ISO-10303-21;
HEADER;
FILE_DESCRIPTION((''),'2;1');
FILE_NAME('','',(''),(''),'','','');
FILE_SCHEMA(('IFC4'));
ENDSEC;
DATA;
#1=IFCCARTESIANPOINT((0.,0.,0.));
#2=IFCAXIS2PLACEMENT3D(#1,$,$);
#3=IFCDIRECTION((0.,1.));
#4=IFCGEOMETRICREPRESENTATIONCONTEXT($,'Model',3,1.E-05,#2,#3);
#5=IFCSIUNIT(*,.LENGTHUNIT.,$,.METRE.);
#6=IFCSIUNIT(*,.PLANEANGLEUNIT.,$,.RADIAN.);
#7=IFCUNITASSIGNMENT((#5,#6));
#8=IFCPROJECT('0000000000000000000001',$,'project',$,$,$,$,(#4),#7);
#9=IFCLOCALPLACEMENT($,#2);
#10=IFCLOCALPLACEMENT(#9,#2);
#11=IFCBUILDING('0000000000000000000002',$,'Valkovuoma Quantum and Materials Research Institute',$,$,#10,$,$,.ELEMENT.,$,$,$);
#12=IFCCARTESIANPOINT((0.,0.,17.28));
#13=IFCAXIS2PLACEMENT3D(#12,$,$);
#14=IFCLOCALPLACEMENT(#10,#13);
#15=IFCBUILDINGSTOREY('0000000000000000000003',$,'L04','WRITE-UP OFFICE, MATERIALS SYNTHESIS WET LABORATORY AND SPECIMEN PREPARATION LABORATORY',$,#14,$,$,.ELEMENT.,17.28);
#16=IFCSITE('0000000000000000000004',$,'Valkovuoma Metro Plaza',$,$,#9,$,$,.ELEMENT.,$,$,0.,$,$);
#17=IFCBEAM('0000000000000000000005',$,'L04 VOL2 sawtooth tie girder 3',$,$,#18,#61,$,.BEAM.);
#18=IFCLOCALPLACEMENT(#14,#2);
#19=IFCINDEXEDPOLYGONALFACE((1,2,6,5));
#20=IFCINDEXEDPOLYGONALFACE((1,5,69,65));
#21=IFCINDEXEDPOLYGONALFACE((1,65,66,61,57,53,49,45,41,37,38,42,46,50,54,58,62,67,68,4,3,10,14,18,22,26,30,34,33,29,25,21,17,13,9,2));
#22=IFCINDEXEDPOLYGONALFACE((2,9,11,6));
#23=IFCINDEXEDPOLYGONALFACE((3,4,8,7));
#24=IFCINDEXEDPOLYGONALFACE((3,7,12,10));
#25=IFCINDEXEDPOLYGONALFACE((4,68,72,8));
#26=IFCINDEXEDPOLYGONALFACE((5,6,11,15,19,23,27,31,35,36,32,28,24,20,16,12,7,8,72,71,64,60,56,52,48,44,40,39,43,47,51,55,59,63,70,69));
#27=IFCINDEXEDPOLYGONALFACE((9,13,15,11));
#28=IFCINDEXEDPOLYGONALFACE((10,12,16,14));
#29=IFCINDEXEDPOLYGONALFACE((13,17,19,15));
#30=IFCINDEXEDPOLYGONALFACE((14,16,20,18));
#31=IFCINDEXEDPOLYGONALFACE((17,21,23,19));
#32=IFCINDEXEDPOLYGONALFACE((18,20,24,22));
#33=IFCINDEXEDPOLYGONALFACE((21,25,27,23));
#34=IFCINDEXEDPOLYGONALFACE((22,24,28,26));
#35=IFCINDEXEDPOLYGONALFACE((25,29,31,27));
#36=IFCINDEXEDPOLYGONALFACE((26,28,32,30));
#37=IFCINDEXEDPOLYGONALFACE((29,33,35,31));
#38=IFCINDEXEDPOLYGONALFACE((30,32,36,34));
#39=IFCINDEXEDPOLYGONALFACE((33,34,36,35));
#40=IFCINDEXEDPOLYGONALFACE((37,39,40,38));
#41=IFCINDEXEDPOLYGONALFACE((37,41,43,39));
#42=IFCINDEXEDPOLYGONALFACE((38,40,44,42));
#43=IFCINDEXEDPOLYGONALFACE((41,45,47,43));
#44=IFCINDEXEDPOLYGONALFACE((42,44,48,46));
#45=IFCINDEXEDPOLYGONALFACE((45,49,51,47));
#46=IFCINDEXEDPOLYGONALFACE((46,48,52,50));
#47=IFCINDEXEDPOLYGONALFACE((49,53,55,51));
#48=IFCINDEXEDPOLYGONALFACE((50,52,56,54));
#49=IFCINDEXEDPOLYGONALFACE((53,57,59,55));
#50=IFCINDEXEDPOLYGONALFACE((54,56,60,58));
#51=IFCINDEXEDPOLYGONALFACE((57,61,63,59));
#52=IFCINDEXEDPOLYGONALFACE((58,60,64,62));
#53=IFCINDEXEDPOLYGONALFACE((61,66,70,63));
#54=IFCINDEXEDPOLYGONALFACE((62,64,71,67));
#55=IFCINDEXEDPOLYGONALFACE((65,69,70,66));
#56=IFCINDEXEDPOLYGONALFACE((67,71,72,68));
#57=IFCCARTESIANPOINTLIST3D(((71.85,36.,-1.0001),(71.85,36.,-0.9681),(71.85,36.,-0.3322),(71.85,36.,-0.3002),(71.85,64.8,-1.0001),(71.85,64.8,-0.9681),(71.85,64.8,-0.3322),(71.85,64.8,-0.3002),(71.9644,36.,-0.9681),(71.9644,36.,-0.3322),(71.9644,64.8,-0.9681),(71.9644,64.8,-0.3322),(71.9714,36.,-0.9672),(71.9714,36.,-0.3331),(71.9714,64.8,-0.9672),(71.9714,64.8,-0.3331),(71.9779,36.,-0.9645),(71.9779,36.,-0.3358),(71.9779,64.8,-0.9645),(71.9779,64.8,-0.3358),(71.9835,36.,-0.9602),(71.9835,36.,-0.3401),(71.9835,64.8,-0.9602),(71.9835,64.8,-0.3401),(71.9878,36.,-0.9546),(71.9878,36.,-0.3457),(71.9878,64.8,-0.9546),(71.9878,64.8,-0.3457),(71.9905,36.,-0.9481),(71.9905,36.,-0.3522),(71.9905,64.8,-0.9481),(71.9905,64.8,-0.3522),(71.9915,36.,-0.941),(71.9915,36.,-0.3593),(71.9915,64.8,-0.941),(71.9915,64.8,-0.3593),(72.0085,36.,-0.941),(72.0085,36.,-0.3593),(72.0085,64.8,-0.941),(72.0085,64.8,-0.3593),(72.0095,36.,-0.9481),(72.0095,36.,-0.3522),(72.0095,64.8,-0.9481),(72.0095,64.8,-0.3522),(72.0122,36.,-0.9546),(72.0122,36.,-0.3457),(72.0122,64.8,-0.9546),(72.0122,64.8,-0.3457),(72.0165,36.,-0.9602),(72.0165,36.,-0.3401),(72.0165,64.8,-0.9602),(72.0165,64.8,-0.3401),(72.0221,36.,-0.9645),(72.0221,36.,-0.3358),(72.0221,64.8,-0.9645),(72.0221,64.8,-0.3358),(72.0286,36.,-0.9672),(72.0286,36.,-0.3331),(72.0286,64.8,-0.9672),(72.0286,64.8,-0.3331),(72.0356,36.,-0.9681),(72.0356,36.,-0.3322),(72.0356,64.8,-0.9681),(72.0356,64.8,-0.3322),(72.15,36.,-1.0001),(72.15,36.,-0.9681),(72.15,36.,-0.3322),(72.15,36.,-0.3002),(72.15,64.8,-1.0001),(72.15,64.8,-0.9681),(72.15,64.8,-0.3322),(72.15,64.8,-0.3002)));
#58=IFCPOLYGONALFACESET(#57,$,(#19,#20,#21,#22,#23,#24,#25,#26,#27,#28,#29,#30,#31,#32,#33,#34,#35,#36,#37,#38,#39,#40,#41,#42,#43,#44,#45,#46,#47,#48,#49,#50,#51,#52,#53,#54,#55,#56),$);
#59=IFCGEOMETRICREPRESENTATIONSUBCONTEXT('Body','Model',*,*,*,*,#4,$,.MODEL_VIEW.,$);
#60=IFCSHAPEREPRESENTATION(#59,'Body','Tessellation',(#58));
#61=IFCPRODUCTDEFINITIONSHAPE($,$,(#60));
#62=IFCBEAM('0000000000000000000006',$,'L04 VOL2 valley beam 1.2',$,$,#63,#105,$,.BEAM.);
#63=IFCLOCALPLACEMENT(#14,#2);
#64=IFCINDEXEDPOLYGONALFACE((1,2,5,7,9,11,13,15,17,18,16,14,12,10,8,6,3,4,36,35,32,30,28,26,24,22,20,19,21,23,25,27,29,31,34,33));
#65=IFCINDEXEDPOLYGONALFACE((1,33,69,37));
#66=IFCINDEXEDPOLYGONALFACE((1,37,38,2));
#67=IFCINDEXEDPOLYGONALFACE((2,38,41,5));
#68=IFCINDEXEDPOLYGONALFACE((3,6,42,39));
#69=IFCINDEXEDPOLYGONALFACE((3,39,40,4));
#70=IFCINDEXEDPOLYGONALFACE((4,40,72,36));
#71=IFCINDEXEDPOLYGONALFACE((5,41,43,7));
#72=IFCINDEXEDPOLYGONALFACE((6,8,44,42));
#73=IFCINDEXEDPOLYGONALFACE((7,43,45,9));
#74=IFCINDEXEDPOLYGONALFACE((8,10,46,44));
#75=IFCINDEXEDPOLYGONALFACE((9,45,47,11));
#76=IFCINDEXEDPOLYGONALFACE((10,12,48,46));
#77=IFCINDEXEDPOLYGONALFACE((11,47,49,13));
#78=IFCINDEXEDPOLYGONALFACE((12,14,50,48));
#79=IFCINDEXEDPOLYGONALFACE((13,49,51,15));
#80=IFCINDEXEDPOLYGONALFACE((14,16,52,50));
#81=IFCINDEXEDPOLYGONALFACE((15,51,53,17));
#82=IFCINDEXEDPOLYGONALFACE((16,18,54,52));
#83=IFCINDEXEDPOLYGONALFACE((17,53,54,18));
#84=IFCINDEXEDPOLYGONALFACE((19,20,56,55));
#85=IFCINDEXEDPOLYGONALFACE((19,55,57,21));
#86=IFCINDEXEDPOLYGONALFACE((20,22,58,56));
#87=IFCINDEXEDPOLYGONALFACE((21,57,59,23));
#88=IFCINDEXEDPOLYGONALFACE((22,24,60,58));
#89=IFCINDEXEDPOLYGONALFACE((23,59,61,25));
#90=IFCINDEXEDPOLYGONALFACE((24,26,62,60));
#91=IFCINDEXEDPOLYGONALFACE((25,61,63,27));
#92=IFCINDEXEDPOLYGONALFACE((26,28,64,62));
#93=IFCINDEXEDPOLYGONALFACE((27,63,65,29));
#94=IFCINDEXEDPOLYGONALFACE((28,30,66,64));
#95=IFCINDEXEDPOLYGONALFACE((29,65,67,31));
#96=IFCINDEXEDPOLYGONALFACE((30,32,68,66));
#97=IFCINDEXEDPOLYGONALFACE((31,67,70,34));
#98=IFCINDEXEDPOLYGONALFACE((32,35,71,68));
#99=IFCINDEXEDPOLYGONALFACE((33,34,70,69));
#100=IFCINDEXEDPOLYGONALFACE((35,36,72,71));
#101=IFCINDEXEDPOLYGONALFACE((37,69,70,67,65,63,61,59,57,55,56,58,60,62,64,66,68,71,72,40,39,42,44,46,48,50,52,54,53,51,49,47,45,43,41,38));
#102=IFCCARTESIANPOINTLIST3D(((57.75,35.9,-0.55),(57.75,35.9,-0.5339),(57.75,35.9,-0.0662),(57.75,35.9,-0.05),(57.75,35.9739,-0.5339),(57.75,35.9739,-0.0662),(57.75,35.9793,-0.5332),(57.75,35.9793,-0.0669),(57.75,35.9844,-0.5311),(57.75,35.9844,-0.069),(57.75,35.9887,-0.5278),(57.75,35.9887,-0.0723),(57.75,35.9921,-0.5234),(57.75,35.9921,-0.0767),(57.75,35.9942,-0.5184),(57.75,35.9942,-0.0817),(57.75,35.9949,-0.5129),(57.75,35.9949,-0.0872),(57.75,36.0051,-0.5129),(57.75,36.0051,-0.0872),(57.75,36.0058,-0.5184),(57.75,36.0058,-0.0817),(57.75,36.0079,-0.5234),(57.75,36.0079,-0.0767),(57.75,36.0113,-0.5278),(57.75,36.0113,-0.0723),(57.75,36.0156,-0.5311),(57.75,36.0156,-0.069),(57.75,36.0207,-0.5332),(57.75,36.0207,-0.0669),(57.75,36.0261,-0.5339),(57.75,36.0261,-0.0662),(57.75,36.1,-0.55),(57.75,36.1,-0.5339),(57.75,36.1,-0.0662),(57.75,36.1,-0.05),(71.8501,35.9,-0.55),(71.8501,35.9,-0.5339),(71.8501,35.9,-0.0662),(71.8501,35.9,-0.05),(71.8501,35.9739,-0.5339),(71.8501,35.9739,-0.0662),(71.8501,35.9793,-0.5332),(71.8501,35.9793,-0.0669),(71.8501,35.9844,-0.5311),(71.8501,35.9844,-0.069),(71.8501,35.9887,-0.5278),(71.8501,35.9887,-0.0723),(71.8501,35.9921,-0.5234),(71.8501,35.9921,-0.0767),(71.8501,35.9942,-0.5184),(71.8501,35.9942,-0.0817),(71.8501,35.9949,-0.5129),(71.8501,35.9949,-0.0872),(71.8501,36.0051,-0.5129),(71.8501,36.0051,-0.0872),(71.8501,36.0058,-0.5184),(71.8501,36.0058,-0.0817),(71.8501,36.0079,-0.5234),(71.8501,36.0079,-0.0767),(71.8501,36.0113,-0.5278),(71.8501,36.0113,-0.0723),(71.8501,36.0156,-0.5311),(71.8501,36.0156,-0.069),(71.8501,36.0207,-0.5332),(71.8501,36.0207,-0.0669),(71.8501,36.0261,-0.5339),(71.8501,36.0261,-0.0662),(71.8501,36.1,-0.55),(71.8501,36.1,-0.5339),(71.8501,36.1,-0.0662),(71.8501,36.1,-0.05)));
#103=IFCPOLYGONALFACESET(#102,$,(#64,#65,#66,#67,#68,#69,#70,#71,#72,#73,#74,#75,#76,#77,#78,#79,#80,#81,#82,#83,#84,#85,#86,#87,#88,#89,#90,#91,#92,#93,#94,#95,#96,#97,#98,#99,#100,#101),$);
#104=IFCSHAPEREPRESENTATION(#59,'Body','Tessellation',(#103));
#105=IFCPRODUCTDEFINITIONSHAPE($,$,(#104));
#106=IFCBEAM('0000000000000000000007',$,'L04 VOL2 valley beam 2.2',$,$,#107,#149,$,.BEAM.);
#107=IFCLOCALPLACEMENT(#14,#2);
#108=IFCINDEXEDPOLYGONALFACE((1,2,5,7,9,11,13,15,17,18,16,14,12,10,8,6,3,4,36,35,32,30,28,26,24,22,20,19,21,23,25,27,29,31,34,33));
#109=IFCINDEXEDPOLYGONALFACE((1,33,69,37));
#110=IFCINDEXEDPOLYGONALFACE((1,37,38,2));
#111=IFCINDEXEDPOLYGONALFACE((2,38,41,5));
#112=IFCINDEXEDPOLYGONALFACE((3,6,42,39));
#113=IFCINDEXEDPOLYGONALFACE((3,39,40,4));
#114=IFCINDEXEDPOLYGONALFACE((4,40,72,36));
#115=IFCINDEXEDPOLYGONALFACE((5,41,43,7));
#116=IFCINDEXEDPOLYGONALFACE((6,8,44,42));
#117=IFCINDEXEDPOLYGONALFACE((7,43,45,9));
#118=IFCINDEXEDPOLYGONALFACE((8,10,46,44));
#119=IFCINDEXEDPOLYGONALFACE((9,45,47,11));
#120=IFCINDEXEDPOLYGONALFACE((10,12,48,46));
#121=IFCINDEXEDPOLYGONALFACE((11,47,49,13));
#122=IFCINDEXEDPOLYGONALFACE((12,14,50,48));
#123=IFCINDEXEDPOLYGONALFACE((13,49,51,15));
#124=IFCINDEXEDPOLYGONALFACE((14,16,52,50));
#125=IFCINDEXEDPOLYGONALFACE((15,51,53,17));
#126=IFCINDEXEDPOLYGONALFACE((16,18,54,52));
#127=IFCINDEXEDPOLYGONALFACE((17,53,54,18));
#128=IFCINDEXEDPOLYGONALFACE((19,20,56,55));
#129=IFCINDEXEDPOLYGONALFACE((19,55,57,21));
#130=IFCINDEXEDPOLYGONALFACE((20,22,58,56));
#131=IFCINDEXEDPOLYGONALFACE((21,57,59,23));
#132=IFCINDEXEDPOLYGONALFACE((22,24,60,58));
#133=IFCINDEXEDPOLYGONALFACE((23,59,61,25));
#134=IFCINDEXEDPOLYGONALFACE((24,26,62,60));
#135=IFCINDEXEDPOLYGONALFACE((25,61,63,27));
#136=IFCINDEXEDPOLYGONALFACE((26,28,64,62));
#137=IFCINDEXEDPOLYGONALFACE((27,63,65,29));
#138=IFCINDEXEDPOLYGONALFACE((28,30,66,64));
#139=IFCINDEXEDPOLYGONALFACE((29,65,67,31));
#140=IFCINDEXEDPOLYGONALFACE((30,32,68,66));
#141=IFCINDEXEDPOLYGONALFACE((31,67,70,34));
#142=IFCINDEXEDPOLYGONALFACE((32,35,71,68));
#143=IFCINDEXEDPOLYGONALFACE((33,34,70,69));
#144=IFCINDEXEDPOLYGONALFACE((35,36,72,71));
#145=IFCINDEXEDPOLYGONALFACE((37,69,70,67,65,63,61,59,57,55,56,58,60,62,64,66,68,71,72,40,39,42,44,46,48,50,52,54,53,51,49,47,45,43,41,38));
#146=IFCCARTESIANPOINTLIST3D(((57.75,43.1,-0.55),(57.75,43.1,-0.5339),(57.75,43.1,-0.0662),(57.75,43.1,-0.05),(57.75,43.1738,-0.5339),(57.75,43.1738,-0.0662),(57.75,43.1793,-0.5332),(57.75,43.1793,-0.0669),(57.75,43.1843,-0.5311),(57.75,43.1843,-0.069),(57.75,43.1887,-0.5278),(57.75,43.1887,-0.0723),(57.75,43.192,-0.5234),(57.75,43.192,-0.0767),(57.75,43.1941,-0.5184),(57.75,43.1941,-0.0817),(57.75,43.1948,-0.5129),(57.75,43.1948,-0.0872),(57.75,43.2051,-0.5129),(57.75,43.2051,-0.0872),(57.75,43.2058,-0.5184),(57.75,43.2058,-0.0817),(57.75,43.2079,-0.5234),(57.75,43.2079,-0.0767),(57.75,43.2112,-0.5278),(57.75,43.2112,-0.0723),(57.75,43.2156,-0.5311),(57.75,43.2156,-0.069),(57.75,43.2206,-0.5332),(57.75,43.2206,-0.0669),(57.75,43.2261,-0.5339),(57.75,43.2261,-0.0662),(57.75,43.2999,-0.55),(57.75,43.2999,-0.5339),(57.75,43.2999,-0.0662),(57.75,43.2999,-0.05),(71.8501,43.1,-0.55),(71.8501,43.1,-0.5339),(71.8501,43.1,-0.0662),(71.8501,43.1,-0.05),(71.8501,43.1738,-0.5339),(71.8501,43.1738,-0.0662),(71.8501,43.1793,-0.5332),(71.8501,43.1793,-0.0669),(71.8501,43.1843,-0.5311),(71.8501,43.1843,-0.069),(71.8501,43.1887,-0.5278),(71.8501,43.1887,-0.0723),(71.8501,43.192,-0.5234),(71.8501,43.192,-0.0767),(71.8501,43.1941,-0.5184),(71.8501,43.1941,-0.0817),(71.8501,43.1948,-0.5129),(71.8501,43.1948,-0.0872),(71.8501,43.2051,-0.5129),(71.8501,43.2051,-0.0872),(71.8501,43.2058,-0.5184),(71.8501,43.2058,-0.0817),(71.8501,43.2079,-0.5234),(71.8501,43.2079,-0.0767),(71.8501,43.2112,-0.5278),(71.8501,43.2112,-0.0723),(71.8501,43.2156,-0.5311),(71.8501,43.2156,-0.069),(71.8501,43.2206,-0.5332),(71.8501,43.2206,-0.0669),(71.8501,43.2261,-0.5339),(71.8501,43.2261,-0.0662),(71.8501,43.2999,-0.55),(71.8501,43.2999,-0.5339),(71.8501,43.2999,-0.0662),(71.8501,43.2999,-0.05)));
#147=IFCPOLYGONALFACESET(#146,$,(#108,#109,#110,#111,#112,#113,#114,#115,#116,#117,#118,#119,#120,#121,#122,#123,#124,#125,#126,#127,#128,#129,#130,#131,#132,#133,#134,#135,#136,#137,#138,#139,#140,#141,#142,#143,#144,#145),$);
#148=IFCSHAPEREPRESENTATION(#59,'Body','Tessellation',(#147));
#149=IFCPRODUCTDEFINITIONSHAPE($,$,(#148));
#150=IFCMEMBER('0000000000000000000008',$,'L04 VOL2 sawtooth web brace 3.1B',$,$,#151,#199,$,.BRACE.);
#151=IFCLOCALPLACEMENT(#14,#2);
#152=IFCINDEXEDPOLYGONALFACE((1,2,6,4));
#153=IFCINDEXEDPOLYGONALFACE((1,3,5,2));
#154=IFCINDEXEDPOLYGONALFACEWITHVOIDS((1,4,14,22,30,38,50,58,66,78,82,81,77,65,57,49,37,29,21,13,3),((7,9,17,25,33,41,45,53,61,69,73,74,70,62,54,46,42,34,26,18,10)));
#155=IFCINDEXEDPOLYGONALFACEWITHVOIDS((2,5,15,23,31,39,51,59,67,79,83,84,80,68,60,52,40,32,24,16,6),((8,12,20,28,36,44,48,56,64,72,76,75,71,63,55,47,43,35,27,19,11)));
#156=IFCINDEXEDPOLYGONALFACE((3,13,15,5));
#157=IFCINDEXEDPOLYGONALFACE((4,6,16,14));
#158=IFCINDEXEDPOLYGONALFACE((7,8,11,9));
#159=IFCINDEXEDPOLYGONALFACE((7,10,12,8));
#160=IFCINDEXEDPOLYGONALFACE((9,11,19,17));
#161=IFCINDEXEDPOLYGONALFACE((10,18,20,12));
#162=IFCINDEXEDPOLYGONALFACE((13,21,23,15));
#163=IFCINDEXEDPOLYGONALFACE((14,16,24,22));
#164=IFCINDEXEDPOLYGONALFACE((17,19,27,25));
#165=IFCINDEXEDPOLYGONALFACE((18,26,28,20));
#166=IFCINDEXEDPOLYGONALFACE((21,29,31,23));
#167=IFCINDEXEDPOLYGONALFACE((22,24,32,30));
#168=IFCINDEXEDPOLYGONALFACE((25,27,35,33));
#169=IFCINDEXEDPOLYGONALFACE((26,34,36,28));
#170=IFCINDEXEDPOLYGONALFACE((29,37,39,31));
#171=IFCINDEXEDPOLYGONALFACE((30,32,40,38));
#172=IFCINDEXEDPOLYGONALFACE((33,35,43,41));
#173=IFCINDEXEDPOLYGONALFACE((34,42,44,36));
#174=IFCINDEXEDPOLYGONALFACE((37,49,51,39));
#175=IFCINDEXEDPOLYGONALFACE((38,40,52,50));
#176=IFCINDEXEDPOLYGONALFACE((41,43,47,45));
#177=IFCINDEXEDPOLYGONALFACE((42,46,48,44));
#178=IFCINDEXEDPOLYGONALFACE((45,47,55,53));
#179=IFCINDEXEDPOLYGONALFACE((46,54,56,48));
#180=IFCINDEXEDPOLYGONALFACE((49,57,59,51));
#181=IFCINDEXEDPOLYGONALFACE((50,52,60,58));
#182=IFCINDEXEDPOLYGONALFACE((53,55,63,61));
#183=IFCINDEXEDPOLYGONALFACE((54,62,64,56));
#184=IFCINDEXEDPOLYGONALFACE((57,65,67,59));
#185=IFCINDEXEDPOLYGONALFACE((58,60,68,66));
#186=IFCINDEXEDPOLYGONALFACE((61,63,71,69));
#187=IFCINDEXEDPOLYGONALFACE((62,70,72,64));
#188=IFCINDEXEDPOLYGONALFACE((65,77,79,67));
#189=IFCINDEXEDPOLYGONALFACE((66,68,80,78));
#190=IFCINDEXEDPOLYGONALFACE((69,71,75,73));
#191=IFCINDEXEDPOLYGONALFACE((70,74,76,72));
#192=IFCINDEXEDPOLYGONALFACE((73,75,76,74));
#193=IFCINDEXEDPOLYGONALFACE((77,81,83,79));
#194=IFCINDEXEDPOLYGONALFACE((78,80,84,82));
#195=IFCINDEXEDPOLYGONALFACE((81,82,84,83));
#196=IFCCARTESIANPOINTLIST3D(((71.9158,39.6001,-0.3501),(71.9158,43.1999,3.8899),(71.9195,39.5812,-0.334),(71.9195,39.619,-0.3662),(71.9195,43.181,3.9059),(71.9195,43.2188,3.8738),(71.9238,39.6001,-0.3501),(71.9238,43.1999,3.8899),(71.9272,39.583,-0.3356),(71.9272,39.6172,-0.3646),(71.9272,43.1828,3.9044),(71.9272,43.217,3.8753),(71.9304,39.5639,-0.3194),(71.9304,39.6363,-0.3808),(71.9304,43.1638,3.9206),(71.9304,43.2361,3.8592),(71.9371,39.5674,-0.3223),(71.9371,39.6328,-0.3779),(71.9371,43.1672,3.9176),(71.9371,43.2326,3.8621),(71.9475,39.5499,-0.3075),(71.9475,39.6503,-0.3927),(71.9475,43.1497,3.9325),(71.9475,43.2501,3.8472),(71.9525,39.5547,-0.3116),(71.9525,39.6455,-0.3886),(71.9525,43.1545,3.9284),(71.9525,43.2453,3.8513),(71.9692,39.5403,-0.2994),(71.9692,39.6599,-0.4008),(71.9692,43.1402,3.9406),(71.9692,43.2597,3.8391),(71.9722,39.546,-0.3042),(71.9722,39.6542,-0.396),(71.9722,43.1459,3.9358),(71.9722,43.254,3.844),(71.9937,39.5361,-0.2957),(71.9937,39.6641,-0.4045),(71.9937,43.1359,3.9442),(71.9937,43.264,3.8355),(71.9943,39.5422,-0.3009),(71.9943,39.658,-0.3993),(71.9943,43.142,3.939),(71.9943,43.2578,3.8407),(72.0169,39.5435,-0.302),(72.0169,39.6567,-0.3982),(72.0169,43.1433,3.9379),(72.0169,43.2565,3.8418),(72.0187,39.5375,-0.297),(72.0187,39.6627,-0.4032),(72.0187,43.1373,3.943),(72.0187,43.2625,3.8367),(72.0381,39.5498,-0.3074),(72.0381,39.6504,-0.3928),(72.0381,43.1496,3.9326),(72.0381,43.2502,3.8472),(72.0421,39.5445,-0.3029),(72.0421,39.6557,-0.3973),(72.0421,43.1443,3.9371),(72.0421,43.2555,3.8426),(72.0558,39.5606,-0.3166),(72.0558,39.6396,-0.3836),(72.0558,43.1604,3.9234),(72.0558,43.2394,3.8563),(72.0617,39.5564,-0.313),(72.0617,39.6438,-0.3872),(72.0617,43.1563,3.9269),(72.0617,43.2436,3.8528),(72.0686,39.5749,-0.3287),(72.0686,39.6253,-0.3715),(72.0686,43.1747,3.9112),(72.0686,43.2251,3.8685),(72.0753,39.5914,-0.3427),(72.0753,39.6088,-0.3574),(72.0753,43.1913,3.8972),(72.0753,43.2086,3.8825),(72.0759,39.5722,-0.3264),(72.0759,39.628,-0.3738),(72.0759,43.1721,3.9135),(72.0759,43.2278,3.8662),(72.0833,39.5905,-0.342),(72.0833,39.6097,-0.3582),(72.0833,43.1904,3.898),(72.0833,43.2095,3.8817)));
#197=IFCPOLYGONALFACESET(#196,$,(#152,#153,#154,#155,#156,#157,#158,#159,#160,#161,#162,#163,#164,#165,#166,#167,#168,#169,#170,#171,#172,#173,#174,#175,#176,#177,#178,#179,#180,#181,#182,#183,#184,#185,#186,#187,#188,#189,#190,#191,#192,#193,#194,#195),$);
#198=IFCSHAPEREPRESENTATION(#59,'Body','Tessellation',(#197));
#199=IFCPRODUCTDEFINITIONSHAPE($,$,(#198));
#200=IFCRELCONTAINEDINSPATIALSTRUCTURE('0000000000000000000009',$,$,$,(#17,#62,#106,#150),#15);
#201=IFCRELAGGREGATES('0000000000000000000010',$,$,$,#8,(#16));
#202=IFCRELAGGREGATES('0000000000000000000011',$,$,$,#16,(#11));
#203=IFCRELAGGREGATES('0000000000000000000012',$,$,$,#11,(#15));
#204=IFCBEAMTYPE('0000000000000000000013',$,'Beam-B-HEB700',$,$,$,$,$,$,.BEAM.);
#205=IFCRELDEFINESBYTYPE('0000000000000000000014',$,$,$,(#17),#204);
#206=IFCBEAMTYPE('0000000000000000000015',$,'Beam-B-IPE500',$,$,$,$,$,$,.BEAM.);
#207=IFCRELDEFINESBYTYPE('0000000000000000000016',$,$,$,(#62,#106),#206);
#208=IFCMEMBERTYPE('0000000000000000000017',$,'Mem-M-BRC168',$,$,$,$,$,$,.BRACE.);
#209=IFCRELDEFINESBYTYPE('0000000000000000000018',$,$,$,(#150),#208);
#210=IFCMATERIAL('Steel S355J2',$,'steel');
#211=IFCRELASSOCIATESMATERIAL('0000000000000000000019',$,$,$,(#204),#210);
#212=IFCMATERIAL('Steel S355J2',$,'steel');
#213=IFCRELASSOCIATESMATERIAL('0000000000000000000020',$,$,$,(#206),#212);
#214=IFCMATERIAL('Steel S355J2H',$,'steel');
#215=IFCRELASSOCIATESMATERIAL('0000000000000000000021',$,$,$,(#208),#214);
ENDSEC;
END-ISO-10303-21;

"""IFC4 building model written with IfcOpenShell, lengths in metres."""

from ifc_helpers import new_model, si_unit, direction, frame, origin, origin_2d, place, context, subcontext, project, spatial, hollow_circle, i_section, extrude, material, material_profile, profile_set, type_object, element, save


model = new_model("IFC4")

# Units and contexts
model_context = context("Model", 3, precision=1e-05, world=origin(), true_north=direction((0.0, 1.0)))
body_context = subcontext(model_context, "Body", "Model", "MODEL_VIEW")
ifc_project = project(units=[si_unit("LENGTHUNIT", "METRE"), si_unit("PLANEANGLEUNIT", "RADIAN")], contexts=[model_context])

# Site, building, storey
site_placement = place(None, origin())
site = spatial("IfcSite", under=ifc_project, at=site_placement, Name="Valkovuoma Metro Plaza", CompositionType="ELEMENT", RefElevation=0.0)
building_placement = place(site_placement, origin())
building = spatial("IfcBuilding", under=site, at=building_placement, Name="Valkovuoma Quantum and Materials Research Institute", CompositionType="ELEMENT")
storey_placement = place(building_placement, frame((0.0, 0.0, 17.28)))
storey = spatial("IfcBuildingStorey", under=building, at=storey_placement, Name="L04", Description="WRITE-UP OFFICE, MATERIALS SYNTHESIS WET LABORATORY AND SPECIMEN PREPARATION LABORATORY", CompositionType="ELEMENT", Elevation=17.28)

# Beams
ifc_material_1 = material(Name="Steel S355J2", Category="steel")
ifc_material_profile_1 = material_profile(ifc_material_1, i_section(OverallWidth=0.3, OverallDepth=0.7, WebThickness=0.0171, FlangeThickness=0.032, FilletRadius=0.0271, at=origin_2d()), Name="Steel S355J2")
ifc_profile_set_1 = profile_set([ifc_material_profile_1], Name="Steel S355J2")
beam_type_1 = type_object("IfcBeamType", Name="Beam-B-HEB700", PredefinedType="BEAM", material=ifc_profile_set_1)
beam_placement = place(storey_placement, frame((72.0, 36.0, -0.6501), z_axis=(0.0, 1.0, 0.0), x_axis=(-1.0, 0.0, 0.0)))
element("IfcBeam", 1, at=beam_placement, inside=storey, type_object=beam_type_1, Name="L04 VOL2 sawtooth tie girder 3", PredefinedType="BEAM", context=body_context, shape_type="SweptSolid", body=[
    extrude(i_section(OverallWidth=0.3, OverallDepth=0.7, WebThickness=0.0171, FlangeThickness=0.032, FilletRadius=0.0271, at=origin_2d()), origin(), (0.0, 0.0, 1.0), 28.8),
])
ifc_material_2 = material(Name="Steel S355J2", Category="steel")
ifc_material_profile_2 = material_profile(ifc_material_2, i_section(OverallWidth=0.2, OverallDepth=0.5, WebThickness=0.0103, FlangeThickness=0.0161, FilletRadius=0.021, at=origin_2d()), Name="Steel S355J2")
ifc_profile_set_2 = profile_set([ifc_material_profile_2], Name="Steel S355J2")
beam_type_2 = type_object("IfcBeamType", Name="Beam-B-IPE500", PredefinedType="BEAM", material=ifc_profile_set_2)
for number, where, z_axis, x_axis, name in (
    (2, (57.75, 36.0, -0.3), (1.0, 0.0, 0.0), (0.0, 1.0, 0.0), "L04 VOL2 valley beam 1.2"),
    (3, (57.75, 43.2, -0.3), (1.0, 0.0, 0.0), (0.0, 1.0, 0.0), "L04 VOL2 valley beam 2.2"),
):
    element("IfcBeam", number, at=place(storey_placement, frame(where, z_axis=z_axis, x_axis=x_axis)), inside=storey, type_object=beam_type_2, Name=name, PredefinedType="BEAM", context=body_context, shape_type="SweptSolid", body=[
        extrude(i_section(OverallWidth=0.2, OverallDepth=0.5, WebThickness=0.0103, FlangeThickness=0.0161, FilletRadius=0.021, at=origin_2d()), origin(), (0.0, 0.0, 1.0), 14.1001),
    ])

# Member
ifc_material_3 = material(Name="Steel S355J2H", Category="steel")
ifc_material_profile_3 = material_profile(ifc_material_3, hollow_circle(Radius=0.0842, WallThickness=0.0081, at=origin_2d()), Name="Steel S355J2H")
ifc_profile_set_3 = profile_set([ifc_material_profile_3], Name="Steel S355J2H")
member_type_1 = type_object("IfcMemberType", Name="Mem-M-BRC168", PredefinedType="BRACE", material=ifc_profile_set_3)
member_1_placement = place(storey_placement, frame((72.0, 39.6001, -0.3501), z_axis=(0.0, 0.647216, 0.762306), x_axis=(-1.0, 0.0, 0.0)))
element("IfcMember", 4, at=member_1_placement, inside=storey, type_object=member_type_1, Name="L04 VOL2 sawtooth web brace 3.1B", PredefinedType="BRACE", context=body_context, shape_type="SweptSolid", body=[
    extrude(hollow_circle(Radius=0.0842, WallThickness=0.0081, at=origin_2d()), origin(), (0.0, 0.0, 1.0), 5.562),
])

save(model, "model.ifc")
